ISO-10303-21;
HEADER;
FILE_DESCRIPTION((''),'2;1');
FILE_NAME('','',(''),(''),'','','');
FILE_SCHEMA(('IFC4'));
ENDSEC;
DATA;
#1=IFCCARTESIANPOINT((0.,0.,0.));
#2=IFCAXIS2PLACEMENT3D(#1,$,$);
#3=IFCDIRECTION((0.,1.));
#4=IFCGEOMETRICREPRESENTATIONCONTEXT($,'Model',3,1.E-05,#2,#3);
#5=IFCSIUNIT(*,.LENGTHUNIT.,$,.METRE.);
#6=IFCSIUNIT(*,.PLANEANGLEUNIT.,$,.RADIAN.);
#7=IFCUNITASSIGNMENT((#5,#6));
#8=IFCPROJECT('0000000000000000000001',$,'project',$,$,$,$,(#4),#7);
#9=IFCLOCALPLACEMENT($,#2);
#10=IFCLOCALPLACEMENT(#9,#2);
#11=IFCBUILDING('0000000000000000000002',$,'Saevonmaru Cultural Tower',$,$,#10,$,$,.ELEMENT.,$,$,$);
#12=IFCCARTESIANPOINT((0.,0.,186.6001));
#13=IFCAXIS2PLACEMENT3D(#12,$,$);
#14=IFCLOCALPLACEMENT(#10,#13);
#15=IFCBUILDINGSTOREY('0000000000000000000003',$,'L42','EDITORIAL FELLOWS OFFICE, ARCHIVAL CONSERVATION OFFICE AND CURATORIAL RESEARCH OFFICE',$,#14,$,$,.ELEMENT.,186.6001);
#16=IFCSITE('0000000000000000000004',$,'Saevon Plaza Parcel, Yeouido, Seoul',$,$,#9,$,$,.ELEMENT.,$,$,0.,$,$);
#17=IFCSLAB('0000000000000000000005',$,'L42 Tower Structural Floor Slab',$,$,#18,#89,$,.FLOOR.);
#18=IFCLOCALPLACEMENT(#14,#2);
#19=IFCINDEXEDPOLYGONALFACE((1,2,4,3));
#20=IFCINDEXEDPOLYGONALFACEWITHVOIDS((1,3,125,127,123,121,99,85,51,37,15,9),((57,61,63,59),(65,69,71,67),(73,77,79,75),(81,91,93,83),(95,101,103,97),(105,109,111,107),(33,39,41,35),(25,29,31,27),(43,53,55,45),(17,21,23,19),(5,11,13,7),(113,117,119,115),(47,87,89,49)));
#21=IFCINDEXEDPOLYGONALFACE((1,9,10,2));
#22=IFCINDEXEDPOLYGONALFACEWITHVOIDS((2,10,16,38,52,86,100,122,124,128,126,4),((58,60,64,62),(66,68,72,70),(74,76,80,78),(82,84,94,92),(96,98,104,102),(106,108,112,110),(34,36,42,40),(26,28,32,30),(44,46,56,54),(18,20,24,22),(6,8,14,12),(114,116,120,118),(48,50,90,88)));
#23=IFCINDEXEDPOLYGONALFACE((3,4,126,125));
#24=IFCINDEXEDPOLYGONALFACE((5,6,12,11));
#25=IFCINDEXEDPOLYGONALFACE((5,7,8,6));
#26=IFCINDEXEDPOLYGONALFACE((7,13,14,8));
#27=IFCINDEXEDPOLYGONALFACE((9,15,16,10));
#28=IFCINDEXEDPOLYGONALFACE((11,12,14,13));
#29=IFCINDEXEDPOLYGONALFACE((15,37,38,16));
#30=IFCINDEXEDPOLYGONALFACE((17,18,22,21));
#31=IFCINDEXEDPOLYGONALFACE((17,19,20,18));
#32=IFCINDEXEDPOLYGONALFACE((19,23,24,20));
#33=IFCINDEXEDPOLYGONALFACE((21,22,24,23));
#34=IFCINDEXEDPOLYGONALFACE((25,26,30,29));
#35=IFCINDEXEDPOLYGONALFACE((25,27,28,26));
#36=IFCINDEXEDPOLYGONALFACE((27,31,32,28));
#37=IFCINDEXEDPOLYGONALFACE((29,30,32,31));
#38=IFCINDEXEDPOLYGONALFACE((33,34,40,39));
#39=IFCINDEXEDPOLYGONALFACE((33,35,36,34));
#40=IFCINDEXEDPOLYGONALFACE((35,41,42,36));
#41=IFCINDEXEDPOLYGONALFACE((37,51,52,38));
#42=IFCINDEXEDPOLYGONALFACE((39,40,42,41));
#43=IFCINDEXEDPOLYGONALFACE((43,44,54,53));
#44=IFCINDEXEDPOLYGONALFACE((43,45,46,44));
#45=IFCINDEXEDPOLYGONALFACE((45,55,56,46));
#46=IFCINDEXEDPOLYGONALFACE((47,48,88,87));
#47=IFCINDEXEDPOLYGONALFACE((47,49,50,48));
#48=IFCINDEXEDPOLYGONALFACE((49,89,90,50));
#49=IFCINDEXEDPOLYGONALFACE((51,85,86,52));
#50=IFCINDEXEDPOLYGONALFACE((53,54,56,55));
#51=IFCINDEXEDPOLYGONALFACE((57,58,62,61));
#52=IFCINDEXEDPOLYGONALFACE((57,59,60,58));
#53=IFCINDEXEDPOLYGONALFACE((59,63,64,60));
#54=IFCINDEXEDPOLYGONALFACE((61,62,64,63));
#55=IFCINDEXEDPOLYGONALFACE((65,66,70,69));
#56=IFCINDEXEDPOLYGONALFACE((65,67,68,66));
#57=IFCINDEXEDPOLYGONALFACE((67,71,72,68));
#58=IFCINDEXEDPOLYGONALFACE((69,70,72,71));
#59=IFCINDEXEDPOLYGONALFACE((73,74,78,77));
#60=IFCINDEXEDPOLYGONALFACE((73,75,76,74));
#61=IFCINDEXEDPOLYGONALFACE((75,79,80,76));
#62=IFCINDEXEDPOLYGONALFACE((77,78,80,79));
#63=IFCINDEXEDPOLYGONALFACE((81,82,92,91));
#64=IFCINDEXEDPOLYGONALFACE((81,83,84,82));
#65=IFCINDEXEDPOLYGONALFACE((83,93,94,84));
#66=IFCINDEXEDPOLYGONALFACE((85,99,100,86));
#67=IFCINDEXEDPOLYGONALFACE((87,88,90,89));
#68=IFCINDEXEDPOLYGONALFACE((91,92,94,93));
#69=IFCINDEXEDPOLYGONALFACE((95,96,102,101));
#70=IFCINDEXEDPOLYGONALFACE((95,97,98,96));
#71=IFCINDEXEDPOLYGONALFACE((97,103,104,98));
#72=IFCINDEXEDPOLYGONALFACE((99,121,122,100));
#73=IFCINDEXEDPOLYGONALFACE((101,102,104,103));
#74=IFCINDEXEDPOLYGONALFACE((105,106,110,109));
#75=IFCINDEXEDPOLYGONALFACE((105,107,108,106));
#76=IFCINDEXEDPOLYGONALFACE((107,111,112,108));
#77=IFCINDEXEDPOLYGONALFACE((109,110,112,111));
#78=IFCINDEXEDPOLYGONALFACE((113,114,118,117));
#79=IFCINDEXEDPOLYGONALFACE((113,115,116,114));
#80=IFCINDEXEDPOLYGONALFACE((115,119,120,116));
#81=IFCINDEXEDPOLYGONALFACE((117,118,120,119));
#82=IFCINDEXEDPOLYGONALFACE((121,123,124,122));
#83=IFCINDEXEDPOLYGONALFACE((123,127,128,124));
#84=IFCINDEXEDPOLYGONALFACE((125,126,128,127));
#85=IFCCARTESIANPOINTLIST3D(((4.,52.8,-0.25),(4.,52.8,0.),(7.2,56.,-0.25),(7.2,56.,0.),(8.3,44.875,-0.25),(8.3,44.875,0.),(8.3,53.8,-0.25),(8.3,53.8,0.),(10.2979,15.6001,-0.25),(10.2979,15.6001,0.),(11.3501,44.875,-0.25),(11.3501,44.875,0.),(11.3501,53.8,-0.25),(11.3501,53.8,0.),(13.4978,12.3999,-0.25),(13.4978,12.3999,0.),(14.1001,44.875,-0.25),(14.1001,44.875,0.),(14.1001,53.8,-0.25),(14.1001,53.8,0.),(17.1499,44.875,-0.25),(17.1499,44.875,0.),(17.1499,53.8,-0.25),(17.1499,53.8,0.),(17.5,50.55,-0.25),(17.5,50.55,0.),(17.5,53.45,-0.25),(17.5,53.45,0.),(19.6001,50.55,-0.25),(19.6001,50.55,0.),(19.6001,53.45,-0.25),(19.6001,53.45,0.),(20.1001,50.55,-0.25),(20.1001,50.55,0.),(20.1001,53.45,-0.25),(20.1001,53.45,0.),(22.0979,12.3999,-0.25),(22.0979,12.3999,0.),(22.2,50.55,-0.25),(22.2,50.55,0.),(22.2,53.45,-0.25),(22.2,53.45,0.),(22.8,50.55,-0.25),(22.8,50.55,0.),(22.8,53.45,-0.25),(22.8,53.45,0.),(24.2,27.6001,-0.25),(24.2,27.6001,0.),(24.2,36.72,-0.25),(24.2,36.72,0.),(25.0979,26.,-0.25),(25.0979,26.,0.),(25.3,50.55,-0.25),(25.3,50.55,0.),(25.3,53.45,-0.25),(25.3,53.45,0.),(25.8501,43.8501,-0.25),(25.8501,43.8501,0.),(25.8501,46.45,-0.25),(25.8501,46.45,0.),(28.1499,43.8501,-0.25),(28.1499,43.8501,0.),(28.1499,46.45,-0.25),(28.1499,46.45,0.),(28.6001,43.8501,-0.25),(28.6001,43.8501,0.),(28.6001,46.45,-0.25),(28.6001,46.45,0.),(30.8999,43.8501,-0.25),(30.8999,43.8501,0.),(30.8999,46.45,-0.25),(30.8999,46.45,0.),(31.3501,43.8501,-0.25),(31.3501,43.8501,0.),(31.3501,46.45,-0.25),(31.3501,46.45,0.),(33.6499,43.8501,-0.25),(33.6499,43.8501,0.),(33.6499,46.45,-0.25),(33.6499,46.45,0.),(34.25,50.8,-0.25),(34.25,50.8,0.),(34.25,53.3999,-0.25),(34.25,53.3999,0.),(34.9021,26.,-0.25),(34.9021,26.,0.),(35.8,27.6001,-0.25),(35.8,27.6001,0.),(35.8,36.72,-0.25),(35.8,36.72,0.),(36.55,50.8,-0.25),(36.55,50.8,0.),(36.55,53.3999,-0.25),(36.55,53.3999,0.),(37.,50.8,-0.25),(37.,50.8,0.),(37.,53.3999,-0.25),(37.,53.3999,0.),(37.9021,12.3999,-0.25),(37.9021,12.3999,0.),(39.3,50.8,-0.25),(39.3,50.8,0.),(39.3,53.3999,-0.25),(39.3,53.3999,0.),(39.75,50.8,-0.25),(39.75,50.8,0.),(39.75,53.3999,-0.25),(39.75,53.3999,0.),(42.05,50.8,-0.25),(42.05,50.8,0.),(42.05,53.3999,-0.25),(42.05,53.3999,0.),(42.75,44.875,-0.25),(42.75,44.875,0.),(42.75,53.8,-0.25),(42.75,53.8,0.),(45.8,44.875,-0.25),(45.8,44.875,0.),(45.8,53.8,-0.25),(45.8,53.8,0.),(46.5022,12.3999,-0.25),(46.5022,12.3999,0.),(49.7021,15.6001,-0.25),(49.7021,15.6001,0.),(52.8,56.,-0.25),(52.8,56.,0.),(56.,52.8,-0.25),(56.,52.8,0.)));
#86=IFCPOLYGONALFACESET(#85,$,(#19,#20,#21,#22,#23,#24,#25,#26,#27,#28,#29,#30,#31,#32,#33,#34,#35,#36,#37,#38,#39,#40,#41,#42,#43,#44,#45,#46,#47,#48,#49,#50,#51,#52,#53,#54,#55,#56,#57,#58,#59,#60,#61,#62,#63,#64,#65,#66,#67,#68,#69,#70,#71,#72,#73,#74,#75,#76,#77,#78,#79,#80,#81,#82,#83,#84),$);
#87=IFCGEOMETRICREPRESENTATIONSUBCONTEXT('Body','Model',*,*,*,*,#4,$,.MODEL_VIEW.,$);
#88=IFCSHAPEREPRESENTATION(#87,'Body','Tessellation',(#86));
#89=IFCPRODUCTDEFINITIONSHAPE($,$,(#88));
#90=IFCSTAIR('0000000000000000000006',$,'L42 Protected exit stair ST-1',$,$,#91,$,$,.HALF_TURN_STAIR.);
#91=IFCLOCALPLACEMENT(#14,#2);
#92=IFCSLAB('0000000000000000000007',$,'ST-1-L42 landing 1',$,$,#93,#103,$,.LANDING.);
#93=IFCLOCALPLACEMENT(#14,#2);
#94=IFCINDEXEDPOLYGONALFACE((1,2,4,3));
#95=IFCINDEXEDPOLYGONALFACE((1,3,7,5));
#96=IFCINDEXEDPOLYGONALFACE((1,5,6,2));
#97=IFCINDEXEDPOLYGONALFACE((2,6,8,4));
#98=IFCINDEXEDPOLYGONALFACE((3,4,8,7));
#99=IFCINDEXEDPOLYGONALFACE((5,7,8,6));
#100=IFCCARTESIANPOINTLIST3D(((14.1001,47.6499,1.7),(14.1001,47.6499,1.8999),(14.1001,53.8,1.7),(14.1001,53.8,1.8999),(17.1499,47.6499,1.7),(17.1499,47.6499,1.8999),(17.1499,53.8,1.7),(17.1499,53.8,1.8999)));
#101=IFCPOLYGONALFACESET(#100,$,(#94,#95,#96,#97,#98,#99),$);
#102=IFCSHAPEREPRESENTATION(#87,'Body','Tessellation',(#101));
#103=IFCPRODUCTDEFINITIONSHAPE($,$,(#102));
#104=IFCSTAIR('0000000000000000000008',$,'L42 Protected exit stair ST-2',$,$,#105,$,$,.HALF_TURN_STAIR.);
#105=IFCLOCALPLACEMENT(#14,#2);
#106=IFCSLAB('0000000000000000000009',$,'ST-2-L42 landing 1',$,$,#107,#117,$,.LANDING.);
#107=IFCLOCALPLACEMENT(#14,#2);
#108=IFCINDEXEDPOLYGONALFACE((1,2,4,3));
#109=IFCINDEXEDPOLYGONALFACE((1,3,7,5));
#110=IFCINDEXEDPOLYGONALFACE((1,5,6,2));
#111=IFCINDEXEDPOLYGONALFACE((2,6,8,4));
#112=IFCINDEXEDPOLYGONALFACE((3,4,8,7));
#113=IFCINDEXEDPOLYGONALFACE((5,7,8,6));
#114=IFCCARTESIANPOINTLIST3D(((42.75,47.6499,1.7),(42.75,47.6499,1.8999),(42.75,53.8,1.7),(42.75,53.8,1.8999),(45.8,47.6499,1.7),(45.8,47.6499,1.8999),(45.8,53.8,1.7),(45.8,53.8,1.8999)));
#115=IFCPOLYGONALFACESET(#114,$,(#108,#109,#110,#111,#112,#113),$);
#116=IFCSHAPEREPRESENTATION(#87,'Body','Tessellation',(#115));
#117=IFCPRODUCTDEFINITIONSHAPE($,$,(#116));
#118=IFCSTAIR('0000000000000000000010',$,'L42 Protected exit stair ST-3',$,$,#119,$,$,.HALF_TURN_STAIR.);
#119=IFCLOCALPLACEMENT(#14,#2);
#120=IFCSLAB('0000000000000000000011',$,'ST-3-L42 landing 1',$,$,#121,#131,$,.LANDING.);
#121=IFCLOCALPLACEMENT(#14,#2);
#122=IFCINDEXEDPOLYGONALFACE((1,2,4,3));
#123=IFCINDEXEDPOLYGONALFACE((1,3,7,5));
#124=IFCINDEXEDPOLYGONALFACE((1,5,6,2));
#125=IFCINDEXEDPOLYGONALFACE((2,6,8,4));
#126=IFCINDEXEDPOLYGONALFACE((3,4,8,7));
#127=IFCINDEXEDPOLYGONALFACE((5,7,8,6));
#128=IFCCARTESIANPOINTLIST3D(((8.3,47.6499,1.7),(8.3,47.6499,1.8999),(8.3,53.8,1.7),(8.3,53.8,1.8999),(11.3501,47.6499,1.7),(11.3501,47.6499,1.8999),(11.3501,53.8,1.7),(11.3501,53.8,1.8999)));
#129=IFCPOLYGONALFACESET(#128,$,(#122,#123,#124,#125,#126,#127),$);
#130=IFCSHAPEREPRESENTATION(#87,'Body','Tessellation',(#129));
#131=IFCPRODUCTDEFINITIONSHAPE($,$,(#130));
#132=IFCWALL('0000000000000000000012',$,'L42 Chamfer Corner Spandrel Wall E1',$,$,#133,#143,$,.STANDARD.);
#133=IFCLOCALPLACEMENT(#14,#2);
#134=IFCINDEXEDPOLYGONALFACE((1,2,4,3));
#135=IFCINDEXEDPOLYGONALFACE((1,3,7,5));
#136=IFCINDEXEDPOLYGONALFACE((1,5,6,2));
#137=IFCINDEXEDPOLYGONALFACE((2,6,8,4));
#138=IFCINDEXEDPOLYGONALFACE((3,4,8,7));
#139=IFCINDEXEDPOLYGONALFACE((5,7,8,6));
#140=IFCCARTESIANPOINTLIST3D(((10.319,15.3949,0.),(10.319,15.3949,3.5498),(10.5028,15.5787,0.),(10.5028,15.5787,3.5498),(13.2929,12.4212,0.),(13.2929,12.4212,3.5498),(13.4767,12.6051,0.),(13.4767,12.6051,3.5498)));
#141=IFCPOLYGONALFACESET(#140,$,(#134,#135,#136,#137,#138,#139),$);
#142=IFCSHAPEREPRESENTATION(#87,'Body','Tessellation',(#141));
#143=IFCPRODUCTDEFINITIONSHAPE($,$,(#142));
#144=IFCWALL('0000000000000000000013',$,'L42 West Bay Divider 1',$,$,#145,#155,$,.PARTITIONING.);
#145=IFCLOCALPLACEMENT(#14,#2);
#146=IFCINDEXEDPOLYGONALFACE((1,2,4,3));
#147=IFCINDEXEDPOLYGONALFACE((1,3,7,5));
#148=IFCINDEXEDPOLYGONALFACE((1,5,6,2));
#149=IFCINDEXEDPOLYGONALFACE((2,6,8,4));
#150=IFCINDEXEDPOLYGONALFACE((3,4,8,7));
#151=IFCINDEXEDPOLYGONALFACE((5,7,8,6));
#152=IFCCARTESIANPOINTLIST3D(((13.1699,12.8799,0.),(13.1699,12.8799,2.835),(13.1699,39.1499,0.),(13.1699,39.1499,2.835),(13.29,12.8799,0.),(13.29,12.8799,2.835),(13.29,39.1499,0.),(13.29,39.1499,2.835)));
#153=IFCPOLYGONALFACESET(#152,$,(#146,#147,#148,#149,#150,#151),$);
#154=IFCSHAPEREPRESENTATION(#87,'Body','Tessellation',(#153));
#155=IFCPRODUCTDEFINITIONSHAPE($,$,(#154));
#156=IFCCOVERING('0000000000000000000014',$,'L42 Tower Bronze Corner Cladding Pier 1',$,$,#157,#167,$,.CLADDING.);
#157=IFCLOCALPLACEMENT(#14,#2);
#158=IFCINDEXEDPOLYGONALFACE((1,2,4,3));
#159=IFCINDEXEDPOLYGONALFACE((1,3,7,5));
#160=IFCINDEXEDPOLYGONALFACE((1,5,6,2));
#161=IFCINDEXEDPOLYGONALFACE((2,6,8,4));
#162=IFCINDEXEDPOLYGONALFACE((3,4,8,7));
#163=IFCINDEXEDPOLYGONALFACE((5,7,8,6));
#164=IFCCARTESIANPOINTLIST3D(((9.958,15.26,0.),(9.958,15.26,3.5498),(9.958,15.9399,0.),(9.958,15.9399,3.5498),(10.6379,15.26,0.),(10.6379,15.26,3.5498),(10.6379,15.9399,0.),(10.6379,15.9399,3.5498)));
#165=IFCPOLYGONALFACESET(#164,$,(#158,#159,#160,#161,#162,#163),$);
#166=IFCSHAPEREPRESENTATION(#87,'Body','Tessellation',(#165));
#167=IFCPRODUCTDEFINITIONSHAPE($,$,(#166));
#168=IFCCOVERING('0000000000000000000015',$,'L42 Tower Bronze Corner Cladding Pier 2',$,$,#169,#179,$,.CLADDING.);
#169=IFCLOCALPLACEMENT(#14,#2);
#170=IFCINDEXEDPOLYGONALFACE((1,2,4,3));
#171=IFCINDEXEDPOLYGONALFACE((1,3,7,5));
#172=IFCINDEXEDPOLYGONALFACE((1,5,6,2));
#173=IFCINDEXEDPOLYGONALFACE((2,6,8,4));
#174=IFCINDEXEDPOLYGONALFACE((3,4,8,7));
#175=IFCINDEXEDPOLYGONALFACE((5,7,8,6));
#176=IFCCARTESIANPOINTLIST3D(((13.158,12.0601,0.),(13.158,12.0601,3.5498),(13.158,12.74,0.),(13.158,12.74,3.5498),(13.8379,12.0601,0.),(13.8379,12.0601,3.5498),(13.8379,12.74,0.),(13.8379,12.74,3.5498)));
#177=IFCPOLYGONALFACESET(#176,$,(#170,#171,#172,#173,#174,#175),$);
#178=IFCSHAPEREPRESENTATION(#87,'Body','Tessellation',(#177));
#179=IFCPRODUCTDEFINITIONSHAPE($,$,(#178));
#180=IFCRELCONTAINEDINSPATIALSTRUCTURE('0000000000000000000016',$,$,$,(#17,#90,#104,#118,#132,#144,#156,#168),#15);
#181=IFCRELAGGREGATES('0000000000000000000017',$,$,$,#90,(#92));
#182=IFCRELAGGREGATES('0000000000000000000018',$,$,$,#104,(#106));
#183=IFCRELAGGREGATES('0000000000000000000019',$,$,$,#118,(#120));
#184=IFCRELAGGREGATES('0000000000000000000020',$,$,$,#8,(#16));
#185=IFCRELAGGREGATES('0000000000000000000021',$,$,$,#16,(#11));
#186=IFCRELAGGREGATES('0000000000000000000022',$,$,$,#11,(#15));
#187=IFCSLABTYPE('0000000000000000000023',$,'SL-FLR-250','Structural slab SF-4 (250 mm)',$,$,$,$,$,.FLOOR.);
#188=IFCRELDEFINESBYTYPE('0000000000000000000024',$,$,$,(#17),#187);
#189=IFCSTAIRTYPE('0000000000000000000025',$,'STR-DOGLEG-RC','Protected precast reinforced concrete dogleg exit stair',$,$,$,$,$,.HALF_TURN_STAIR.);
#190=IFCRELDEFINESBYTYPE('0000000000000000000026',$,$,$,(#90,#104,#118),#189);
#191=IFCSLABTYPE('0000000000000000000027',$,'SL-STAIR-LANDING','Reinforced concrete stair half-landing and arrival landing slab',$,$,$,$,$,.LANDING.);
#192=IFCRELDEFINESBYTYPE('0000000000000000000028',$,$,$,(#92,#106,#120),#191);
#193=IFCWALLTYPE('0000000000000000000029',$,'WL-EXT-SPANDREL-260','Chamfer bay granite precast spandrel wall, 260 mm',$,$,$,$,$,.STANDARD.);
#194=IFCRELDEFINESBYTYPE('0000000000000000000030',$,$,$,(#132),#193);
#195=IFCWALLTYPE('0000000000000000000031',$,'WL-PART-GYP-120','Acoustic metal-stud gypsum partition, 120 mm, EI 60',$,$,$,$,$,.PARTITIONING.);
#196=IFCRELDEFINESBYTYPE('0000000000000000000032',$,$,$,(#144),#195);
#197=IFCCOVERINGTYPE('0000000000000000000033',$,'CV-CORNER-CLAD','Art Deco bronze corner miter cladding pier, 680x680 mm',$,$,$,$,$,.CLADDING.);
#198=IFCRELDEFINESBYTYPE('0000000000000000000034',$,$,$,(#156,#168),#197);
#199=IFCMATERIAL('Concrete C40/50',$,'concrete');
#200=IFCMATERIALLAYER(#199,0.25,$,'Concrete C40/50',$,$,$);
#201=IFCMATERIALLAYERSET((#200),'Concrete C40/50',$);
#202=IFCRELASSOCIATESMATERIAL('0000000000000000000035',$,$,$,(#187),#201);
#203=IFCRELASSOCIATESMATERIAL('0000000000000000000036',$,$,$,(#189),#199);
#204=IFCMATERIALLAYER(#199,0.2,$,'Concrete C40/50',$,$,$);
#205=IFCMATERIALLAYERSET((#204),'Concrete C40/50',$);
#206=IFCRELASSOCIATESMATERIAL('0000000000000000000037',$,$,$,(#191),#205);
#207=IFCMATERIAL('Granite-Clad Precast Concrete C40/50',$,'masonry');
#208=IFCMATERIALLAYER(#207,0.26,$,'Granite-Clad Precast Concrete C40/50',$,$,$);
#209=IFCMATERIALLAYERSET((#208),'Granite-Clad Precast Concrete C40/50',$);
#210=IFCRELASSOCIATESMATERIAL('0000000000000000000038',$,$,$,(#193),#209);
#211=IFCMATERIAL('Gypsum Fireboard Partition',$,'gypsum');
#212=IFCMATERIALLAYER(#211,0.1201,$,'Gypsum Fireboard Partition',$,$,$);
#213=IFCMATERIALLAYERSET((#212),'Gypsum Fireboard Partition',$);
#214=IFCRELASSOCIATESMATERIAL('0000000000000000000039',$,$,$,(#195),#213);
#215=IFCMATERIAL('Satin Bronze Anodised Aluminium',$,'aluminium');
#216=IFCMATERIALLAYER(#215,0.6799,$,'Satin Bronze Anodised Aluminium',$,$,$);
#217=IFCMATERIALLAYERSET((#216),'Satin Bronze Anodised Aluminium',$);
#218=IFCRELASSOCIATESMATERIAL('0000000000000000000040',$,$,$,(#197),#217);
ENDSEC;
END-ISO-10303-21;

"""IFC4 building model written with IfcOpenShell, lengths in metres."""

from ifc_helpers import new_model, si_unit, direction, frame, frame_2d, origin, place, context, subcontext, project, spatial, polyline, rectangle, outline, extrude, material, layer, layer_set, type_object, element, aggregate, save


model = new_model("IFC4")

# Units and contexts
model_context = context("Model", 3, precision=1e-05, world=origin(), true_north=direction((0.0, 1.0)))
body_context = subcontext(model_context, "Body", "Model", "MODEL_VIEW")
ifc_project = project(units=[si_unit("LENGTHUNIT", "METRE"), si_unit("PLANEANGLEUNIT", "RADIAN")], contexts=[model_context])

# Site, building, storey
site_placement = place(None, origin())
site = spatial("IfcSite", under=ifc_project, at=site_placement, Name="Saevon Plaza Parcel, Yeouido, Seoul", CompositionType="ELEMENT", RefElevation=0.0)
building_placement = place(site_placement, origin())
building = spatial("IfcBuilding", under=site, at=building_placement, Name="Saevonmaru Cultural Tower", CompositionType="ELEMENT")
storey_placement = place(building_placement, frame((0.0, 0.0, 186.6001)))
storey = spatial("IfcBuildingStorey", under=building, at=storey_placement, Name="L42", Description="EDITORIAL FELLOWS OFFICE, ARCHIVAL CONSERVATION OFFICE AND CURATORIAL RESEARCH OFFICE", CompositionType="ELEMENT", Elevation=186.6001)

# Shared definitions
ifc_material_1 = material(Name="Satin Bronze Anodised Aluminium", Category="aluminium")

# Slab
ifc_material_2 = material(Name="Concrete C40/50", Category="concrete")
ifc_layer_1 = layer(ifc_material_2, 0.25, Name="Concrete C40/50")
ifc_layer_set_1 = layer_set([ifc_layer_1], Name="Concrete C40/50")
slab_type_1 = type_object("IfcSlabType", Name="SL-FLR-250", Description="Structural slab SF-4 (250 mm)", PredefinedType="FLOOR", material=ifc_layer_set_1)
slab_1_placement = place(storey_placement, frame((0.0, 0.0, -0.25)))
element("IfcSlab", 1, at=slab_1_placement, inside=storey, type_object=slab_type_1, Name="L42 Tower Structural Floor Slab", PredefinedType="FLOOR", context=body_context, shape_type="SweptSolid", body=[
    extrude(outline(polyline([(10.2979, 15.6001), (13.4978, 12.3999), (22.0979, 12.3999), (25.0979, 26.0), (34.9021, 26.0), (37.9021, 12.3999), (46.5022, 12.3999), (49.7021, 15.6001), (56.0, 52.8), (52.8, 56.0), (7.2, 56.0), (4.0, 52.8), (10.2979, 15.6001)]), holes=[polyline([(45.8, 44.875), (42.75, 44.875), (42.75, 53.8), (45.8, 53.8), (45.8, 44.875)]), polyline([(39.75, 50.8), (39.75, 53.3999), (42.05, 53.3999), (42.05, 50.8), (39.75, 50.8)]), polyline([(37.0, 50.8), (37.0, 53.3999), (39.3, 53.3999), (39.3, 50.8), (37.0, 50.8)]), polyline([(34.25, 50.8), (34.25, 53.3999), (36.55, 53.3999), (36.55, 50.8), (34.25, 50.8)]), polyline([(24.2, 27.6001), (24.2, 36.72), (35.8, 36.72), (35.8, 27.6001), (24.2, 27.6001)]), polyline([(31.3501, 43.8501), (31.3501, 46.45), (33.6499, 46.45), (33.6499, 43.8501), (31.3501, 43.8501)]), polyline([(28.6001, 43.8501), (28.6001, 46.45), (30.8999, 46.45), (30.8999, 43.8501), (28.6001, 43.8501)]), polyline([(28.1499, 43.8501), (25.8501, 43.8501), (25.8501, 46.45), (28.1499, 46.45), (28.1499, 43.8501)]), polyline([(25.3, 50.55), (22.8, 50.55), (22.8, 53.45), (25.3, 53.45), (25.3, 50.55)]), polyline([(20.1001, 50.55), (20.1001, 53.45), (22.2, 53.45), (22.2, 50.55), (20.1001, 50.55)]), polyline([(17.5, 50.55), (17.5, 53.45), (19.6001, 53.45), (19.6001, 50.55), (17.5, 50.55)]), polyline([(17.1499, 53.8), (17.1499, 44.875), (14.1001, 44.875), (14.1001, 53.8), (17.1499, 53.8)]), polyline([(11.3501, 44.875), (8.3, 44.875), (8.3, 53.8), (11.3501, 53.8), (11.3501, 44.875)])]), origin(), (0.0, 0.0, 1.0), 0.25),
])

# Stairs, slabs
stair_type = type_object("IfcStairType", Name="STR-DOGLEG-RC", Description="Protected precast reinforced concrete dogleg exit stair", PredefinedType="HALF_TURN_STAIR", material=ifc_material_2)
stair_1_placement = place(storey_placement, origin())
stair_1 = element("IfcStair", 2, at=stair_1_placement, inside=storey, type_object=stair_type, Name="L42 Protected exit stair ST-1", PredefinedType="HALF_TURN_STAIR")
ifc_layer_2 = layer(ifc_material_2, 0.2, Name="Concrete C40/50")
ifc_layer_set_2 = layer_set([ifc_layer_2], Name="Concrete C40/50")
slab_type_2 = type_object("IfcSlabType", Name="SL-STAIR-LANDING", Description="Reinforced concrete stair half-landing and arrival landing slab", PredefinedType="LANDING", material=ifc_layer_set_2)
slab_2_placement = place(storey_placement, frame((0.0, 0.0, 1.7)))
slab_2 = element("IfcSlab", 3, at=slab_2_placement, type_object=slab_type_2, Name="ST-1-L42 landing 1", PredefinedType="LANDING", context=body_context, shape_type="SweptSolid", body=[
    extrude(outline(polyline([(17.1499, 47.6499), (17.1499, 53.8), (14.1001, 53.8), (14.1001, 47.6499), (17.1499, 47.6499)])), origin(), (0.0, 0.0, 1.0), 0.2),
])
aggregate(stair_1, [slab_2])
stair_2_placement = place(storey_placement, origin())
stair_2 = element("IfcStair", 4, at=stair_2_placement, inside=storey, type_object=stair_type, Name="L42 Protected exit stair ST-2", PredefinedType="HALF_TURN_STAIR")
slab_3_placement = place(storey_placement, frame((0.0, 0.0, 1.7)))
slab_3 = element("IfcSlab", 5, at=slab_3_placement, type_object=slab_type_2, Name="ST-2-L42 landing 1", PredefinedType="LANDING", context=body_context, shape_type="SweptSolid", body=[
    extrude(outline(polyline([(45.8, 47.6499), (45.8, 53.8), (42.75, 53.8), (42.75, 47.6499), (45.8, 47.6499)])), origin(), (0.0, 0.0, 1.0), 0.2),
])
aggregate(stair_2, [slab_3])
stair_3_placement = place(storey_placement, origin())
stair_3 = element("IfcStair", 6, at=stair_3_placement, inside=storey, type_object=stair_type, Name="L42 Protected exit stair ST-3", PredefinedType="HALF_TURN_STAIR")
slab_4_placement = place(storey_placement, frame((0.0, 0.0, 1.7)))
slab_4 = element("IfcSlab", 7, at=slab_4_placement, type_object=slab_type_2, Name="ST-3-L42 landing 1", PredefinedType="LANDING", context=body_context, shape_type="SweptSolid", body=[
    extrude(outline(polyline([(11.3501, 47.6499), (11.3501, 53.8), (8.3, 53.8), (8.3, 47.6499), (11.3501, 47.6499)])), origin(), (0.0, 0.0, 1.0), 0.2),
])
aggregate(stair_3, [slab_4])

# Walls
ifc_material_3 = material(Name="Granite-Clad Precast Concrete C40/50", Category="masonry")
ifc_layer_3 = layer(ifc_material_3, 0.26, Name="Granite-Clad Precast Concrete C40/50")
ifc_layer_set_3 = layer_set([ifc_layer_3], Name="Granite-Clad Precast Concrete C40/50")
wall_type_1 = type_object("IfcWallType", Name="WL-EXT-SPANDREL-260", Description="Chamfer bay granite precast spandrel wall, 260 mm", PredefinedType="STANDARD", material=ifc_layer_set_3)
wall_1_placement = place(storey_placement, frame((10.4109, 15.4868, 0.0), z_axis=(0.0, 0.0, 1.0), x_axis=(0.707136, -0.707078, 0.0)))
element("IfcWall", 8, at=wall_1_placement, inside=storey, type_object=wall_type_1, Name="L42 Chamfer Corner Spandrel Wall E1", PredefinedType="STANDARD", context=body_context, shape_type="SweptSolid", body=[
    extrude(rectangle(XDim=4.2056, YDim=0.26, at=frame_2d((2.1028, 0.0))), origin(), (0.0, 0.0, 1.0), 3.5498),
])
ifc_material_4 = material(Name="Gypsum Fireboard Partition", Category="gypsum")
ifc_layer_4 = layer(ifc_material_4, 0.1201, Name="Gypsum Fireboard Partition")
ifc_layer_set_4 = layer_set([ifc_layer_4], Name="Gypsum Fireboard Partition")
wall_type_2 = type_object("IfcWallType", Name="WL-PART-GYP-120", Description="Acoustic metal-stud gypsum partition, 120 mm, EI 60", PredefinedType="PARTITIONING", material=ifc_layer_set_4)
wall_2_placement = place(storey_placement, frame((13.23, 12.8799, 0.0), z_axis=(0.0, 0.0, 1.0), x_axis=(0.0, 1.0, 0.0)))
element("IfcWall", 9, at=wall_2_placement, inside=storey, type_object=wall_type_2, Name="L42 West Bay Divider 1", PredefinedType="PARTITIONING", context=body_context, shape_type="SweptSolid", body=[
    extrude(rectangle(XDim=26.27, YDim=0.1201, at=frame_2d((13.135, 0.0))), origin(), (0.0, 0.0, 1.0), 2.835),
])

# Coverings
ifc_layer_5 = layer(ifc_material_1, 0.6799, Name="Satin Bronze Anodised Aluminium")
ifc_layer_set_5 = layer_set([ifc_layer_5], Name="Satin Bronze Anodised Aluminium")
covering_type = type_object("IfcCoveringType", Name="CV-CORNER-CLAD", Description="Art Deco bronze corner miter cladding pier, 680x680 mm", PredefinedType="CLADDING", material=ifc_layer_set_5)
covering_1_placement = place(storey_placement, origin())
element("IfcCovering", 10, at=covering_1_placement, inside=storey, type_object=covering_type, Name="L42 Tower Bronze Corner Cladding Pier 1", PredefinedType="CLADDING", context=body_context, shape_type="SweptSolid", body=[
    extrude(outline(polyline([(9.958, 15.26), (10.6379, 15.26), (10.6379, 15.9399), (9.958, 15.9399), (9.958, 15.26)])), origin(), (0.0, 0.0, 1.0), 3.5498),
])
covering_2_placement = place(storey_placement, origin())
element("IfcCovering", 11, at=covering_2_placement, inside=storey, type_object=covering_type, Name="L42 Tower Bronze Corner Cladding Pier 2", PredefinedType="CLADDING", context=body_context, shape_type="SweptSolid", body=[
    extrude(outline(polyline([(13.158, 12.0601), (13.8379, 12.0601), (13.8379, 12.74), (13.158, 12.74), (13.158, 12.0601)])), origin(), (0.0, 0.0, 1.0), 3.5498),
])

save(model, "model.ifc")
